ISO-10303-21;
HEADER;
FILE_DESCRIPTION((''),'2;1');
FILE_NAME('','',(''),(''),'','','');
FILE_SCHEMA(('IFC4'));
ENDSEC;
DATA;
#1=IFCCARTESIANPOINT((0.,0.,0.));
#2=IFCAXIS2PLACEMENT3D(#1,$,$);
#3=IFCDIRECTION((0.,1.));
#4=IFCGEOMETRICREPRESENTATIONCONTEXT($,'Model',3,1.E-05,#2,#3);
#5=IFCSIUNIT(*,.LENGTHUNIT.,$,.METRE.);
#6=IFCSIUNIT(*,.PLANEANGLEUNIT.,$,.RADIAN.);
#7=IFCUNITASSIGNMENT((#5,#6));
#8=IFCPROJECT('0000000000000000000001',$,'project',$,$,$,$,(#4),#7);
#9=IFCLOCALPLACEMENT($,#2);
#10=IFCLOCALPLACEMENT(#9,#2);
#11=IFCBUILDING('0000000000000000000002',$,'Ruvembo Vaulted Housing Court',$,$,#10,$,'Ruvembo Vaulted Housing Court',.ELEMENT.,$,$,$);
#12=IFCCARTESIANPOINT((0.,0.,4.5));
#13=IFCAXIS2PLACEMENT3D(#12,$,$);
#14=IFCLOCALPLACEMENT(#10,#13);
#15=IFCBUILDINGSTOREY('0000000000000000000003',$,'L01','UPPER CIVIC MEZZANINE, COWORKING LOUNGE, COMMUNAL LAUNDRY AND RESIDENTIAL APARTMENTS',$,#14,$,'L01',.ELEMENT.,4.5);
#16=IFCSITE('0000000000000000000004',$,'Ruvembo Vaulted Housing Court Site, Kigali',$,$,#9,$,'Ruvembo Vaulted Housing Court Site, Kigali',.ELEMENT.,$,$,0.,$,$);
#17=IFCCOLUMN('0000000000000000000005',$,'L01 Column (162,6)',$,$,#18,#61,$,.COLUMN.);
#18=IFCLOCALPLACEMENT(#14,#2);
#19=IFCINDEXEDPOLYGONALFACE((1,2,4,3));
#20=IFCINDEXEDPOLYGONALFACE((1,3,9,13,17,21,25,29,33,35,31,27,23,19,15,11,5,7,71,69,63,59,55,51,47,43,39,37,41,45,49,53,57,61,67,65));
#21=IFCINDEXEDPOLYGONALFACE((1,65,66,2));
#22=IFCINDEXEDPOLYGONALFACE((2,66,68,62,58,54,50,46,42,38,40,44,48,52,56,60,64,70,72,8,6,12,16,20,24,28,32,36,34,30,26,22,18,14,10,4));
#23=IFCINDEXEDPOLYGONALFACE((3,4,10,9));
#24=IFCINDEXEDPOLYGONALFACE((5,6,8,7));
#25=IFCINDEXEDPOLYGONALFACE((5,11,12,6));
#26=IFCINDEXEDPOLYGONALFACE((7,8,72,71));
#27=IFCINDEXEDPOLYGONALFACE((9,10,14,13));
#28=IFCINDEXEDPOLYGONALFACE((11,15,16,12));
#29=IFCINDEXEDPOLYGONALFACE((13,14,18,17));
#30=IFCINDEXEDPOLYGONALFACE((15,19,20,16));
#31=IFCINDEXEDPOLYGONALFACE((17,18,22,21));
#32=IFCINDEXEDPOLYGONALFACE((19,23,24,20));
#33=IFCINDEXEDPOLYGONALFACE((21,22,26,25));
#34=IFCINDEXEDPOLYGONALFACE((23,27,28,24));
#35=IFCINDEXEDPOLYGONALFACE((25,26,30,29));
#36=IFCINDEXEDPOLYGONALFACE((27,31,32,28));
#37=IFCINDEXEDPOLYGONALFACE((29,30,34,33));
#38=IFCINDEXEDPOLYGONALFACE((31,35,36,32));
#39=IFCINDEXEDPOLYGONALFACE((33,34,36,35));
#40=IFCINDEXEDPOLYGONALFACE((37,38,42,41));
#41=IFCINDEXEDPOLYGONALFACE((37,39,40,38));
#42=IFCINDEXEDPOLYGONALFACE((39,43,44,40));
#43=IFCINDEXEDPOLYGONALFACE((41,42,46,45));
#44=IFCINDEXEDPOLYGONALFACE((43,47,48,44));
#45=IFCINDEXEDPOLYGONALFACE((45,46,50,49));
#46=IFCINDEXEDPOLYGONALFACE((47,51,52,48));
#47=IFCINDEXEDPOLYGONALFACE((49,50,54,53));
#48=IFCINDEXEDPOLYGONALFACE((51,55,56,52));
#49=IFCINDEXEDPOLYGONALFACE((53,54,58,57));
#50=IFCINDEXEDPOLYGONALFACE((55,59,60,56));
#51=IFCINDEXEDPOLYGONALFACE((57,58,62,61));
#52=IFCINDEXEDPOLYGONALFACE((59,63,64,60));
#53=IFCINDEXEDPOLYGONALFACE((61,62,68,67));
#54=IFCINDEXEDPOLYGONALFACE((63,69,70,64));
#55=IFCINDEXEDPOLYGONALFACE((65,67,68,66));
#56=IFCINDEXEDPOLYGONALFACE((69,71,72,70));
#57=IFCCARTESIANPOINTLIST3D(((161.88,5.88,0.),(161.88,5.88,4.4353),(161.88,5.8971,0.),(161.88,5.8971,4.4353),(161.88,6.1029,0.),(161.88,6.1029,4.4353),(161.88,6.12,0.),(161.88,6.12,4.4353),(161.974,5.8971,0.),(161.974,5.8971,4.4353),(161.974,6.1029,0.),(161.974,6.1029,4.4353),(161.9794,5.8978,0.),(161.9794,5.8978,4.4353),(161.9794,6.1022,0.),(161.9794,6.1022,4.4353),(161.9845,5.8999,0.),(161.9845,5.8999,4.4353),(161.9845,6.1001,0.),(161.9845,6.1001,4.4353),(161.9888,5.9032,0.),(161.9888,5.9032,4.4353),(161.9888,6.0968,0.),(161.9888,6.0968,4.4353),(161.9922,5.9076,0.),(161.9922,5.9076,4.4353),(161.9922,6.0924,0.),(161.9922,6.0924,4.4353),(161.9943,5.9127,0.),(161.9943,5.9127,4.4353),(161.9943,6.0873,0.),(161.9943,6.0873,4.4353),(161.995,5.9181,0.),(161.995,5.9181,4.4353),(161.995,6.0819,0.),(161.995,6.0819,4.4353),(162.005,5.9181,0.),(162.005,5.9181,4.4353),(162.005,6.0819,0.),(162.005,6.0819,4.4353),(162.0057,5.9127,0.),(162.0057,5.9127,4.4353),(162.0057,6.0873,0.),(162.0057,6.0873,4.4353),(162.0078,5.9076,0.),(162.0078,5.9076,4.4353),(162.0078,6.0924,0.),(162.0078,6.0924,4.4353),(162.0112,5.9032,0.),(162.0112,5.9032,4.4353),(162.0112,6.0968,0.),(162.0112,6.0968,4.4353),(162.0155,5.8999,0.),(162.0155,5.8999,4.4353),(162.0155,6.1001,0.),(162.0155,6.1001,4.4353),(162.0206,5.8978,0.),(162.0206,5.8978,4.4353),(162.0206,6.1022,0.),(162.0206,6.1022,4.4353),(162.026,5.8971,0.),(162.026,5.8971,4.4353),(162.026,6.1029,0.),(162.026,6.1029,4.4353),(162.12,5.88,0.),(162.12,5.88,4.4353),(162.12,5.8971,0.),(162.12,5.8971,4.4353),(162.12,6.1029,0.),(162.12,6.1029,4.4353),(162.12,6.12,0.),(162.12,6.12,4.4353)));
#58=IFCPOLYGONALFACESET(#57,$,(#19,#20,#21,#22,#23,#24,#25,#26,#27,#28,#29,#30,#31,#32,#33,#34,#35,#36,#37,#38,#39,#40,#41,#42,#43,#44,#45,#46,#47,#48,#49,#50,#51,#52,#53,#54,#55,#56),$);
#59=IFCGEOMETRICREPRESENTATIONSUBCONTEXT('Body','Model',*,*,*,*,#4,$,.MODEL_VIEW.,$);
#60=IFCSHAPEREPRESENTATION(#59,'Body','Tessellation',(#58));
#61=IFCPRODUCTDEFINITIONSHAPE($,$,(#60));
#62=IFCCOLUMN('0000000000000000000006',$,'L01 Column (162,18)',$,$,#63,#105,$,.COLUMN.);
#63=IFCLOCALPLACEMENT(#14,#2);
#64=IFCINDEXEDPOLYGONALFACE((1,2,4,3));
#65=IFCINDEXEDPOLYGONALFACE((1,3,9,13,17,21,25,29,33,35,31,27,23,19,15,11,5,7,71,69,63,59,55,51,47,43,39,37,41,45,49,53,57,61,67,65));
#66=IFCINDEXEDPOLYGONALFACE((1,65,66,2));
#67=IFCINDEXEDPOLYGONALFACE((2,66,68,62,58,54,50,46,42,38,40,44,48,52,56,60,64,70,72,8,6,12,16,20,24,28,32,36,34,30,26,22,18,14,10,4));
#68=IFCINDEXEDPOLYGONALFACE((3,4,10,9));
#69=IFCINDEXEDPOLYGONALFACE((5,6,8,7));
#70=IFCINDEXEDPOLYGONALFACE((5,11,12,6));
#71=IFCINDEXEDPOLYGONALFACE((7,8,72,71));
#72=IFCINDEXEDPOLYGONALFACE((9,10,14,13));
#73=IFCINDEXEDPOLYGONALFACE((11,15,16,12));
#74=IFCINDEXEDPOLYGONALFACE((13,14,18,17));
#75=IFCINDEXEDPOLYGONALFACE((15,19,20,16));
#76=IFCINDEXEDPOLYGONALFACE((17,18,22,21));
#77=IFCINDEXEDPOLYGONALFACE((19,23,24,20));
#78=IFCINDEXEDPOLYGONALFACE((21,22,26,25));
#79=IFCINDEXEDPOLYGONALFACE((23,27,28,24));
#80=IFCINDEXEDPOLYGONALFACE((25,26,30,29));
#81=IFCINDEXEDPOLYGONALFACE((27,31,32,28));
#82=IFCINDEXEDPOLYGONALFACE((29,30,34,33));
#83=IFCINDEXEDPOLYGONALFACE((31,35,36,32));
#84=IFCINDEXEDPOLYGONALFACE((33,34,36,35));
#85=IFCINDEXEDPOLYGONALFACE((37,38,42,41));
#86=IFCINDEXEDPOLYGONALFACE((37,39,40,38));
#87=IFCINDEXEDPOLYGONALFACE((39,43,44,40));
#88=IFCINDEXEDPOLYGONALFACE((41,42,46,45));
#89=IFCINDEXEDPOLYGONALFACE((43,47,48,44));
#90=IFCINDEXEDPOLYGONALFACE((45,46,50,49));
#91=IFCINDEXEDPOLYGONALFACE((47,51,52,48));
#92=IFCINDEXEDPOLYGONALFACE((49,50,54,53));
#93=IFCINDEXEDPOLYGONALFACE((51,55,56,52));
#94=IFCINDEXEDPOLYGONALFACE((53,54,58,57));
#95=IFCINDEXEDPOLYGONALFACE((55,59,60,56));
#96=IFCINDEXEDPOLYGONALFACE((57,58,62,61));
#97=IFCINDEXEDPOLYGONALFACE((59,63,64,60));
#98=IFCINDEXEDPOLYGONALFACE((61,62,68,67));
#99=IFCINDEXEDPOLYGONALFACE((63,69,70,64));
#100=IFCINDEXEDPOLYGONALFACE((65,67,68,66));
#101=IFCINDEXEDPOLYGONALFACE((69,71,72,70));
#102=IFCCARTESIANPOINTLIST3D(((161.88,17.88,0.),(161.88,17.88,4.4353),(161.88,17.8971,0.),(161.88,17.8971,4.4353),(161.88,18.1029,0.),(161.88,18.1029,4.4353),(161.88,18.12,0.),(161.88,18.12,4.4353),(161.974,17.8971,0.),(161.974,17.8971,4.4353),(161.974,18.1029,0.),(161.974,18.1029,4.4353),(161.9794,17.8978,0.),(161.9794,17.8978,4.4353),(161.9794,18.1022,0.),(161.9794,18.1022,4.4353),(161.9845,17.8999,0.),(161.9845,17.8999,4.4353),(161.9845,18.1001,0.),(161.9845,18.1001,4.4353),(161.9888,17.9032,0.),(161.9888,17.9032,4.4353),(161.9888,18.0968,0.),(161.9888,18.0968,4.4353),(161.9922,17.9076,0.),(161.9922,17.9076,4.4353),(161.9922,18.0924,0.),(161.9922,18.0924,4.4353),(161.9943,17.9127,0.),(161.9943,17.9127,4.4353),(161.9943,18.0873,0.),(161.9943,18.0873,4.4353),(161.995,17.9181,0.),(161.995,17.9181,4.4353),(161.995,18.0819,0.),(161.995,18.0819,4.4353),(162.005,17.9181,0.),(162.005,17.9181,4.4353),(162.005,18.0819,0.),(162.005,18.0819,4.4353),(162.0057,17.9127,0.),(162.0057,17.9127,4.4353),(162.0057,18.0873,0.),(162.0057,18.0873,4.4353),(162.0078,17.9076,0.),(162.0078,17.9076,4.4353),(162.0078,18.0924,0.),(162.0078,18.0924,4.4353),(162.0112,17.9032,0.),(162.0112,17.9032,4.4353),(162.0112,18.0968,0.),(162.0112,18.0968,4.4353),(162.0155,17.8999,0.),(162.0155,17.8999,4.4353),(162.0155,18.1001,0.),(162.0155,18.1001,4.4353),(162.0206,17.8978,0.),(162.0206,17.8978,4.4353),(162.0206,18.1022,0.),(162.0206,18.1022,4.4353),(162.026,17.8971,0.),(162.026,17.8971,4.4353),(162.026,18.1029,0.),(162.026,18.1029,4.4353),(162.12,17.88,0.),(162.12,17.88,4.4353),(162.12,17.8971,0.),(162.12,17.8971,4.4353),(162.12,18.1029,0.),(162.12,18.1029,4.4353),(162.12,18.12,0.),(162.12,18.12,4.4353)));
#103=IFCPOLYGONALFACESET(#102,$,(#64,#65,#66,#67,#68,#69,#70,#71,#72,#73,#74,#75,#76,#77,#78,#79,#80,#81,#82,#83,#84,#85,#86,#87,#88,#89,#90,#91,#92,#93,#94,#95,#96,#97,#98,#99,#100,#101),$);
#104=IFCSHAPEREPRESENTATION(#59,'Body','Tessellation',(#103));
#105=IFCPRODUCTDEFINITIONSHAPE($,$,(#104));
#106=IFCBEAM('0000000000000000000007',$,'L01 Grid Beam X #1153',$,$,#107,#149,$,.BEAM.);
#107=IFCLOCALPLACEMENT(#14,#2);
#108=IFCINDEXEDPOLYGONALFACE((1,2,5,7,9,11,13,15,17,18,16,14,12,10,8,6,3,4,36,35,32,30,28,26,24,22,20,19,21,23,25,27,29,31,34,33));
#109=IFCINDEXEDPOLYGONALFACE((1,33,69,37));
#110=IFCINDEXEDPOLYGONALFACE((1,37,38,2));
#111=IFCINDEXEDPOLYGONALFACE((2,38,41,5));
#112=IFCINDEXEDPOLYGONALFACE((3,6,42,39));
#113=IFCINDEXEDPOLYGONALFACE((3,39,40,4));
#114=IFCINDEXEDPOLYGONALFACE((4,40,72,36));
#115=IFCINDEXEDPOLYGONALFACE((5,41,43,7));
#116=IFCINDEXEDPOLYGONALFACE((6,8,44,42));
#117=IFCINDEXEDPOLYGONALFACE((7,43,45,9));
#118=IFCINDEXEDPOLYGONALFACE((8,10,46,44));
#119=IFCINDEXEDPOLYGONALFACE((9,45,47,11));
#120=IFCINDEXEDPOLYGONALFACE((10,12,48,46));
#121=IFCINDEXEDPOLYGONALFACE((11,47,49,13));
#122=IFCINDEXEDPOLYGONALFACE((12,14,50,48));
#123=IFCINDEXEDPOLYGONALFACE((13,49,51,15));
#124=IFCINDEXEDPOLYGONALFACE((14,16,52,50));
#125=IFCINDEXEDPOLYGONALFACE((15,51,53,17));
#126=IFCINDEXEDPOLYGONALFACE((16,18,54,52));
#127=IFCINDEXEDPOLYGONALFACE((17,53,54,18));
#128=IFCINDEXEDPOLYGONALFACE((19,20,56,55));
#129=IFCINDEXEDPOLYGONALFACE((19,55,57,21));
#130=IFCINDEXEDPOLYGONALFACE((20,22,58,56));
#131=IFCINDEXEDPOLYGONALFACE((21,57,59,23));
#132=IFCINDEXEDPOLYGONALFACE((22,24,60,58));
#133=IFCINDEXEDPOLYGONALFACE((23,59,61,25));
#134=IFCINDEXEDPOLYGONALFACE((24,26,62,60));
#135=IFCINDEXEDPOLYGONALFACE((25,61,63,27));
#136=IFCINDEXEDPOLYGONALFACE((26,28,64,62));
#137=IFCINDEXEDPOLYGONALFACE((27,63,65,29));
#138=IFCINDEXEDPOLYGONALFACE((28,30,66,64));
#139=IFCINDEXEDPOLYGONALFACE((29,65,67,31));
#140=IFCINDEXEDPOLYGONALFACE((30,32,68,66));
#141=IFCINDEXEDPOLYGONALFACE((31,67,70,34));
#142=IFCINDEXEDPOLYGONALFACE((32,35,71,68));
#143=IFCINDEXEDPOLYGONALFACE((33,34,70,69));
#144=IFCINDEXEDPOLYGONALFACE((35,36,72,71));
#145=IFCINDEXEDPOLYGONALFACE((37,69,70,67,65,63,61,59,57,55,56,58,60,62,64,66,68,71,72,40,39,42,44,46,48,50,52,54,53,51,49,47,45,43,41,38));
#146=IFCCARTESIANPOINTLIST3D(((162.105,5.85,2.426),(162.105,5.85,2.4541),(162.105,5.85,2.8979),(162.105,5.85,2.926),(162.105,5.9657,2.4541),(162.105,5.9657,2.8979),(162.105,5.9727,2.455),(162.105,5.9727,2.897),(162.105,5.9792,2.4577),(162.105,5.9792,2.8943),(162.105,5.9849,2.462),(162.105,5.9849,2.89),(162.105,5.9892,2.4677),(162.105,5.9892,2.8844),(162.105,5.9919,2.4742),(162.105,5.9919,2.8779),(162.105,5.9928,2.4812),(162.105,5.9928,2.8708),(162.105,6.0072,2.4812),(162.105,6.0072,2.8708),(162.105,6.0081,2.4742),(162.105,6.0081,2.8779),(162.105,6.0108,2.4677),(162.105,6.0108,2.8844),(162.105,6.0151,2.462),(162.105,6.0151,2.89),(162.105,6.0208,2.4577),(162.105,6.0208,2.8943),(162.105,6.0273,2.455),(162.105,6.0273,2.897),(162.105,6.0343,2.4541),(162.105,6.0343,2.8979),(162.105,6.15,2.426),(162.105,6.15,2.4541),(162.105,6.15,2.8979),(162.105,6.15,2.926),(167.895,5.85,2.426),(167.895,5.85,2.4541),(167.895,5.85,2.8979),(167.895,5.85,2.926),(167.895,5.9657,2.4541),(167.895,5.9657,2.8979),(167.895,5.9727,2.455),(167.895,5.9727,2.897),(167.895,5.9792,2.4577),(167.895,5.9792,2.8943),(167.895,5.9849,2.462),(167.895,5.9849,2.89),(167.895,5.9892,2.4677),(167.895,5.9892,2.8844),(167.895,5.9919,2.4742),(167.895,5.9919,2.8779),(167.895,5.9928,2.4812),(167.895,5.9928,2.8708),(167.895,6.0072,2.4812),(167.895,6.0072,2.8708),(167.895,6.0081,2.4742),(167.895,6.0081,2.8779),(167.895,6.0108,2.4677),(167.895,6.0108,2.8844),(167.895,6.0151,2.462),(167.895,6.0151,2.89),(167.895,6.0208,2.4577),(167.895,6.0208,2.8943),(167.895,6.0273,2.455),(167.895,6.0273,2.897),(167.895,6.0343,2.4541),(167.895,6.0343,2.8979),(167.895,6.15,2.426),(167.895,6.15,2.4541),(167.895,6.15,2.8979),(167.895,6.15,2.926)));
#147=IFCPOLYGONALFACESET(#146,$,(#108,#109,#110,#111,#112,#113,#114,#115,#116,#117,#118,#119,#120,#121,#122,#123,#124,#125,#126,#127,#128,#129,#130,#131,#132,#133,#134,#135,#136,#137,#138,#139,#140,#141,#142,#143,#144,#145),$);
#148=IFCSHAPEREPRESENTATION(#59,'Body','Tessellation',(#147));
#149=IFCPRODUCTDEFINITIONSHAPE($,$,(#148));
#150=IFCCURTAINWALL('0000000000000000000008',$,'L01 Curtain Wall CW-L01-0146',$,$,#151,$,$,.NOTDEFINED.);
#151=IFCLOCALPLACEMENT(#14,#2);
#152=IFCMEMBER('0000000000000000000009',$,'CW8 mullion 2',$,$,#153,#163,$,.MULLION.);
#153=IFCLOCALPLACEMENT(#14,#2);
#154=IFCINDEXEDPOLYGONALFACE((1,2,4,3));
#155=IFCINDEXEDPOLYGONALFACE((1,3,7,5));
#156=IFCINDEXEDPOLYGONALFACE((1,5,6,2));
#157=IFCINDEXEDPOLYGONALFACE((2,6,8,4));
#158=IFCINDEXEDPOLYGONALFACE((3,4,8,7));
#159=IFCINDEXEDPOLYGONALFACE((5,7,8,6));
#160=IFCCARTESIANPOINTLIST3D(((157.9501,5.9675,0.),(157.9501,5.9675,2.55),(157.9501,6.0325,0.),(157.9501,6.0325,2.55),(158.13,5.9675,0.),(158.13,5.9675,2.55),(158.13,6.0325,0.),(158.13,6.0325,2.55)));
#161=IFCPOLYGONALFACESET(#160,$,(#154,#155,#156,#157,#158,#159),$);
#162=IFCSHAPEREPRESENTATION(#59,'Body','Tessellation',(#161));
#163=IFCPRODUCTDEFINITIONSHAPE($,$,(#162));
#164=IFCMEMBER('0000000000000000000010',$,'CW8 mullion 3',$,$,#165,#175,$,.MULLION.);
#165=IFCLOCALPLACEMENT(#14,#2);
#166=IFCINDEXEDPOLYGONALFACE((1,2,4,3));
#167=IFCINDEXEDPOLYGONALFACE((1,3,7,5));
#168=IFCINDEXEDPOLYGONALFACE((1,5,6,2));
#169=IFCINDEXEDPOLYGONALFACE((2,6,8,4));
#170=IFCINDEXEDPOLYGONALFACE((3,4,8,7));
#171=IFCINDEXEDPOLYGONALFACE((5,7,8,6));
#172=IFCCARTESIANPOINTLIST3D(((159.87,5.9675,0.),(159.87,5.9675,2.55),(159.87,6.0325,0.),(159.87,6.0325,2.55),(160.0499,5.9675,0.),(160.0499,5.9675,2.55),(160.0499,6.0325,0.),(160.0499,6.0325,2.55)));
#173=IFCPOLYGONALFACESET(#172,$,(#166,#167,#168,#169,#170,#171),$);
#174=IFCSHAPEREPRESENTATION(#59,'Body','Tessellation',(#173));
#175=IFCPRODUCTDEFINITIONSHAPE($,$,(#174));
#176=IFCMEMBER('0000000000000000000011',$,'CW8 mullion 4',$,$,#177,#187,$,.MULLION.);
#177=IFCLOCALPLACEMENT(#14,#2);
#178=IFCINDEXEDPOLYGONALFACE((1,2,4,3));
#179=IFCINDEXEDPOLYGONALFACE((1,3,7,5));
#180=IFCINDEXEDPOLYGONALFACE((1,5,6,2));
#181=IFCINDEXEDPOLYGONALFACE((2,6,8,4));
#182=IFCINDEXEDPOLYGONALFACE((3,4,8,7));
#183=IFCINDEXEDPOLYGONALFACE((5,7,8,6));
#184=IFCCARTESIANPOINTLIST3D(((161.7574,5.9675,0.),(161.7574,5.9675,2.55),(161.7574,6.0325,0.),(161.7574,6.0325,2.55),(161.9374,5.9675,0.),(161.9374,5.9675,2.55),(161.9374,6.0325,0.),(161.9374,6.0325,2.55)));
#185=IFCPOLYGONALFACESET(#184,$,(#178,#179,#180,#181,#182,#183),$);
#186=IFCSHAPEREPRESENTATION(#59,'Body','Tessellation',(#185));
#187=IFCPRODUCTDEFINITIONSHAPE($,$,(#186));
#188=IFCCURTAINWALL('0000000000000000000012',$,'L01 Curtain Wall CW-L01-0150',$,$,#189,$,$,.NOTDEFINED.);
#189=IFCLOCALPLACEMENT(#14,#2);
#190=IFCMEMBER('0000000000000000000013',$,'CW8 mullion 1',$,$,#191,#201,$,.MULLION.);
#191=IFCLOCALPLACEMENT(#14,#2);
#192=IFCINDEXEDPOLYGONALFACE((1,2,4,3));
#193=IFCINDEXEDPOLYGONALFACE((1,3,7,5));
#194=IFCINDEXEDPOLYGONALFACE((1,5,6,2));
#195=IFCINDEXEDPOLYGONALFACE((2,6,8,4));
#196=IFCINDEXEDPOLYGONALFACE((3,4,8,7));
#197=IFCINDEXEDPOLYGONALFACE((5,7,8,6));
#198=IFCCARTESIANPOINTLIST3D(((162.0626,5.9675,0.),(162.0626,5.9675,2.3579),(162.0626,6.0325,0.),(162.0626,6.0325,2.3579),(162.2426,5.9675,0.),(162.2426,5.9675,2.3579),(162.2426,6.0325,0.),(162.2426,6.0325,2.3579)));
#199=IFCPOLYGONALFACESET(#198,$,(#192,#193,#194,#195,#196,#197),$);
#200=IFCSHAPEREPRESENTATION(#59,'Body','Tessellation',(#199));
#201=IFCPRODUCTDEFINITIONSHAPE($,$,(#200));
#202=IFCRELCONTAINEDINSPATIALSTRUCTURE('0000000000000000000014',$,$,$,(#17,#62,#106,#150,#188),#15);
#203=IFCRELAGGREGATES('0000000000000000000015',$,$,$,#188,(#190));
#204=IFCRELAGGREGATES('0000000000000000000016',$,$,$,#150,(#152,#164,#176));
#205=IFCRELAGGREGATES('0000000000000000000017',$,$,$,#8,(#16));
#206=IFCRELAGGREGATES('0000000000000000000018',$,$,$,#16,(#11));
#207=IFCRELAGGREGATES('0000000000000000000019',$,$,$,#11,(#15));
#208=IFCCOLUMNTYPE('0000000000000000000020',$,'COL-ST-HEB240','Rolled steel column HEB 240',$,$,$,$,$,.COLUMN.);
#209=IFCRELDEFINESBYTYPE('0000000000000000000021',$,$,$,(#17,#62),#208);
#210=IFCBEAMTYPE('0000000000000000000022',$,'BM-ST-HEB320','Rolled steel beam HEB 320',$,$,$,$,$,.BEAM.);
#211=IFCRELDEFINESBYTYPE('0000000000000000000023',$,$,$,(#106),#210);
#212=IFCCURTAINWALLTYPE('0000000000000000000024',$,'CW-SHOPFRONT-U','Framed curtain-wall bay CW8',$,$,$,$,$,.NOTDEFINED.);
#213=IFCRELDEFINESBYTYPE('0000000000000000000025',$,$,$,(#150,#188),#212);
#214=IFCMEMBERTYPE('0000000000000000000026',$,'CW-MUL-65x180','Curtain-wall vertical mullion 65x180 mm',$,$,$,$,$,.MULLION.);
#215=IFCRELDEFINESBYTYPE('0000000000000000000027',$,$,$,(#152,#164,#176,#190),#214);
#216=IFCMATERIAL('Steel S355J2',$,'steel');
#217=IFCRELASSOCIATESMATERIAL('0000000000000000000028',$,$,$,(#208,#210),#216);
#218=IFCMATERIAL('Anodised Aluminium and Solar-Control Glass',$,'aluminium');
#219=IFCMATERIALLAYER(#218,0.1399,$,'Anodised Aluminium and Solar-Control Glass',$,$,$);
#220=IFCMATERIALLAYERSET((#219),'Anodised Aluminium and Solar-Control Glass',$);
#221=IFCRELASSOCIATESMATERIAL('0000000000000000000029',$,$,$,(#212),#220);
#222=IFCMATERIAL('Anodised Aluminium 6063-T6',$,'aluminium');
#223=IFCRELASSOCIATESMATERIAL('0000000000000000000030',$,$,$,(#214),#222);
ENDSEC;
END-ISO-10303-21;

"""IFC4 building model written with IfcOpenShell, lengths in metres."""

from ifc_helpers import new_model, si_unit, direction, frame, origin, origin_2d, place, context, subcontext, project, spatial, rectangle, i_section, extrude, material, layer, layer_set, material_profile, profile_set, type_object, element, aggregate, save


model = new_model("IFC4")

# Units and contexts
model_context = context("Model", 3, precision=1e-05, world=origin(), true_north=direction((0.0, 1.0)))
body_context = subcontext(model_context, "Body", "Model", "MODEL_VIEW")
ifc_project = project(units=[si_unit("LENGTHUNIT", "METRE"), si_unit("PLANEANGLEUNIT", "RADIAN")], contexts=[model_context])

# Site, building, storey
site_placement = place(None, origin())
site = spatial("IfcSite", under=ifc_project, at=site_placement, Name="Ruvembo Vaulted Housing Court Site, Kigali", LongName="Ruvembo Vaulted Housing Court Site, Kigali", CompositionType="ELEMENT", RefElevation=0.0)
building_placement = place(site_placement, origin())
building = spatial("IfcBuilding", under=site, at=building_placement, Name="Ruvembo Vaulted Housing Court", LongName="Ruvembo Vaulted Housing Court", CompositionType="ELEMENT")
storey_placement = place(building_placement, frame((0.0, 0.0, 4.5)))
storey = spatial("IfcBuildingStorey", under=building, at=storey_placement, Name="L01", Description="UPPER CIVIC MEZZANINE, COWORKING LOUNGE, COMMUNAL LAUNDRY AND RESIDENTIAL APARTMENTS", LongName="L01", CompositionType="ELEMENT", Elevation=4.5)

# Columns
ifc_material_1 = material(Name="Steel S355J2", Category="steel")
ifc_material_profile_1 = material_profile(ifc_material_1, i_section(OverallWidth=0.24, OverallDepth=0.24, WebThickness=0.01, FlangeThickness=0.0171, FilletRadius=0.021, at=origin_2d()), Name="HEB 240")
ifc_profile_set_1 = profile_set([ifc_material_profile_1], Name="Steel S355J2")
column_type = type_object("IfcColumnType", Name="COL-ST-HEB240", Description="Rolled steel column HEB 240", PredefinedType="COLUMN", material=ifc_profile_set_1)
for number, where, z_axis, x_axis, name in (
    (1, (162.0, 6.0, 0.0), (0.0, 0.0, 1.0), (1.0, 0.0, 0.0), "L01 Column (162,6)"),
    (2, (162.0, 18.0, 0.0), (0.0, 0.0, 1.0), (1.0, 0.0, 0.0), "L01 Column (162,18)"),
):
    element("IfcColumn", number, at=place(storey_placement, frame(where, z_axis=z_axis, x_axis=x_axis)), inside=storey, type_object=column_type, Name=name, PredefinedType="COLUMN", context=body_context, shape_type="SweptSolid", body=[
        extrude(i_section(OverallWidth=0.24, OverallDepth=0.24, WebThickness=0.01, FlangeThickness=0.0171, FilletRadius=0.021, at=origin_2d()), origin(), (0.0, 0.0, 1.0), 4.4353),
    ])

# Beam
ifc_material_profile_2 = material_profile(ifc_material_1, i_section(OverallWidth=0.3, OverallDepth=0.5, WebThickness=0.0144, FlangeThickness=0.0281, FilletRadius=0.0271, at=origin_2d()), Name="HEB 320")
ifc_profile_set_2 = profile_set([ifc_material_profile_2], Name="Steel S355J2")
beam_type = type_object("IfcBeamType", Name="BM-ST-HEB320", Description="Rolled steel beam HEB 320", PredefinedType="BEAM", material=ifc_profile_set_2)
beam_placement = place(storey_placement, frame((162.105, 6.0, 2.676), z_axis=(1.0, 0.0, 0.0), x_axis=(0.0, 1.0, 0.0)))
element("IfcBeam", 3, at=beam_placement, inside=storey, type_object=beam_type, Name="L01 Grid Beam X #1153", PredefinedType="BEAM", context=body_context, shape_type="SweptSolid", body=[
    extrude(i_section(OverallWidth=0.3, OverallDepth=0.5, WebThickness=0.0144, FlangeThickness=0.0281, FilletRadius=0.0271, at=origin_2d()), origin(), (0.0, 0.0, 1.0), 5.79),
])

# Curtain walls, members
ifc_material_2 = material(Name="Anodised Aluminium and Solar-Control Glass", Category="aluminium")
ifc_layer_1 = layer(ifc_material_2, 0.1399, Name="Anodised Aluminium and Solar-Control Glass")
ifc_layer_set_1 = layer_set([ifc_layer_1], Name="Anodised Aluminium and Solar-Control Glass")
curtain_wall_type = type_object("IfcCurtainWallType", Name="CW-SHOPFRONT-U", Description="Framed curtain-wall bay CW8", PredefinedType="NOTDEFINED", material=ifc_layer_set_1)
curtain_wall_1_placement = place(storey_placement, origin())
curtain_wall_1 = element("IfcCurtainWall", 4, at=curtain_wall_1_placement, inside=storey, type_object=curtain_wall_type, Name="L01 Curtain Wall CW-L01-0146", PredefinedType="NOTDEFINED")
ifc_material_3 = material(Name="Anodised Aluminium 6063-T6", Category="aluminium")
ifc_material_profile_3 = material_profile(ifc_material_3, rectangle(XDim=0.0649, YDim=0.1799, at=origin_2d()), Name="ALU 65x180")
ifc_profile_set_3 = profile_set([ifc_material_profile_3], Name="Anodised Aluminium 6063-T6")
member_type_1 = type_object("IfcMemberType", Name="CW-MUL-65x180", Description="Curtain-wall vertical mullion 65x180 mm", PredefinedType="MULLION", material=ifc_profile_set_3)
member_1_placement = place(storey_placement, frame((158.04, 6.0, 0.0), z_axis=(0.0, 0.0, 1.0), x_axis=(0.0, 1.0, 0.0)))
member_1 = element("IfcMember", 5, at=member_1_placement, type_object=member_type_1, Name="CW8 mullion 2", PredefinedType="MULLION", context=body_context, shape_type="SweptSolid", body=[
    extrude(rectangle(XDim=0.0649, YDim=0.1799, at=origin_2d()), origin(), (0.0, 0.0, 1.0), 2.55),
])
member_2_placement = place(storey_placement, frame((159.96, 6.0, 0.0), z_axis=(0.0, 0.0, 1.0), x_axis=(0.0, 1.0, 0.0)))
member_2 = element("IfcMember", 6, at=member_2_placement, type_object=member_type_1, Name="CW8 mullion 3", PredefinedType="MULLION", context=body_context, shape_type="SweptSolid", body=[
    extrude(rectangle(XDim=0.0649, YDim=0.1799, at=origin_2d()), origin(), (0.0, 0.0, 1.0), 2.55),
])
member_3_placement = place(storey_placement, frame((161.8474, 6.0, 0.0), z_axis=(0.0, 0.0, 1.0), x_axis=(0.0, 1.0, 0.0)))
member_3 = element("IfcMember", 7, at=member_3_placement, type_object=member_type_1, Name="CW8 mullion 4", PredefinedType="MULLION", context=body_context, shape_type="SweptSolid", body=[
    extrude(rectangle(XDim=0.0649, YDim=0.1799, at=origin_2d()), origin(), (0.0, 0.0, 1.0), 2.55),
])
curtain_wall_2_placement = place(storey_placement, origin())
curtain_wall_2 = element("IfcCurtainWall", 8, at=curtain_wall_2_placement, inside=storey, type_object=curtain_wall_type, Name="L01 Curtain Wall CW-L01-0150", PredefinedType="NOTDEFINED")
member_4_placement = place(storey_placement, frame((162.1526, 6.0, 0.0), z_axis=(0.0, 0.0, 1.0), x_axis=(0.0, 1.0, 0.0)))
member_4 = element("IfcMember", 9, at=member_4_placement, type_object=member_type_1, Name="CW8 mullion 1", PredefinedType="MULLION", context=body_context, shape_type="SweptSolid", body=[
    extrude(rectangle(XDim=0.0649, YDim=0.1799, at=origin_2d()), origin(), (0.0, 0.0, 1.0), 2.3579),
])
aggregate(curtain_wall_2, [member_4])

aggregate(curtain_wall_1, [member_1, member_2, member_3])

save(model, "model.ifc")
